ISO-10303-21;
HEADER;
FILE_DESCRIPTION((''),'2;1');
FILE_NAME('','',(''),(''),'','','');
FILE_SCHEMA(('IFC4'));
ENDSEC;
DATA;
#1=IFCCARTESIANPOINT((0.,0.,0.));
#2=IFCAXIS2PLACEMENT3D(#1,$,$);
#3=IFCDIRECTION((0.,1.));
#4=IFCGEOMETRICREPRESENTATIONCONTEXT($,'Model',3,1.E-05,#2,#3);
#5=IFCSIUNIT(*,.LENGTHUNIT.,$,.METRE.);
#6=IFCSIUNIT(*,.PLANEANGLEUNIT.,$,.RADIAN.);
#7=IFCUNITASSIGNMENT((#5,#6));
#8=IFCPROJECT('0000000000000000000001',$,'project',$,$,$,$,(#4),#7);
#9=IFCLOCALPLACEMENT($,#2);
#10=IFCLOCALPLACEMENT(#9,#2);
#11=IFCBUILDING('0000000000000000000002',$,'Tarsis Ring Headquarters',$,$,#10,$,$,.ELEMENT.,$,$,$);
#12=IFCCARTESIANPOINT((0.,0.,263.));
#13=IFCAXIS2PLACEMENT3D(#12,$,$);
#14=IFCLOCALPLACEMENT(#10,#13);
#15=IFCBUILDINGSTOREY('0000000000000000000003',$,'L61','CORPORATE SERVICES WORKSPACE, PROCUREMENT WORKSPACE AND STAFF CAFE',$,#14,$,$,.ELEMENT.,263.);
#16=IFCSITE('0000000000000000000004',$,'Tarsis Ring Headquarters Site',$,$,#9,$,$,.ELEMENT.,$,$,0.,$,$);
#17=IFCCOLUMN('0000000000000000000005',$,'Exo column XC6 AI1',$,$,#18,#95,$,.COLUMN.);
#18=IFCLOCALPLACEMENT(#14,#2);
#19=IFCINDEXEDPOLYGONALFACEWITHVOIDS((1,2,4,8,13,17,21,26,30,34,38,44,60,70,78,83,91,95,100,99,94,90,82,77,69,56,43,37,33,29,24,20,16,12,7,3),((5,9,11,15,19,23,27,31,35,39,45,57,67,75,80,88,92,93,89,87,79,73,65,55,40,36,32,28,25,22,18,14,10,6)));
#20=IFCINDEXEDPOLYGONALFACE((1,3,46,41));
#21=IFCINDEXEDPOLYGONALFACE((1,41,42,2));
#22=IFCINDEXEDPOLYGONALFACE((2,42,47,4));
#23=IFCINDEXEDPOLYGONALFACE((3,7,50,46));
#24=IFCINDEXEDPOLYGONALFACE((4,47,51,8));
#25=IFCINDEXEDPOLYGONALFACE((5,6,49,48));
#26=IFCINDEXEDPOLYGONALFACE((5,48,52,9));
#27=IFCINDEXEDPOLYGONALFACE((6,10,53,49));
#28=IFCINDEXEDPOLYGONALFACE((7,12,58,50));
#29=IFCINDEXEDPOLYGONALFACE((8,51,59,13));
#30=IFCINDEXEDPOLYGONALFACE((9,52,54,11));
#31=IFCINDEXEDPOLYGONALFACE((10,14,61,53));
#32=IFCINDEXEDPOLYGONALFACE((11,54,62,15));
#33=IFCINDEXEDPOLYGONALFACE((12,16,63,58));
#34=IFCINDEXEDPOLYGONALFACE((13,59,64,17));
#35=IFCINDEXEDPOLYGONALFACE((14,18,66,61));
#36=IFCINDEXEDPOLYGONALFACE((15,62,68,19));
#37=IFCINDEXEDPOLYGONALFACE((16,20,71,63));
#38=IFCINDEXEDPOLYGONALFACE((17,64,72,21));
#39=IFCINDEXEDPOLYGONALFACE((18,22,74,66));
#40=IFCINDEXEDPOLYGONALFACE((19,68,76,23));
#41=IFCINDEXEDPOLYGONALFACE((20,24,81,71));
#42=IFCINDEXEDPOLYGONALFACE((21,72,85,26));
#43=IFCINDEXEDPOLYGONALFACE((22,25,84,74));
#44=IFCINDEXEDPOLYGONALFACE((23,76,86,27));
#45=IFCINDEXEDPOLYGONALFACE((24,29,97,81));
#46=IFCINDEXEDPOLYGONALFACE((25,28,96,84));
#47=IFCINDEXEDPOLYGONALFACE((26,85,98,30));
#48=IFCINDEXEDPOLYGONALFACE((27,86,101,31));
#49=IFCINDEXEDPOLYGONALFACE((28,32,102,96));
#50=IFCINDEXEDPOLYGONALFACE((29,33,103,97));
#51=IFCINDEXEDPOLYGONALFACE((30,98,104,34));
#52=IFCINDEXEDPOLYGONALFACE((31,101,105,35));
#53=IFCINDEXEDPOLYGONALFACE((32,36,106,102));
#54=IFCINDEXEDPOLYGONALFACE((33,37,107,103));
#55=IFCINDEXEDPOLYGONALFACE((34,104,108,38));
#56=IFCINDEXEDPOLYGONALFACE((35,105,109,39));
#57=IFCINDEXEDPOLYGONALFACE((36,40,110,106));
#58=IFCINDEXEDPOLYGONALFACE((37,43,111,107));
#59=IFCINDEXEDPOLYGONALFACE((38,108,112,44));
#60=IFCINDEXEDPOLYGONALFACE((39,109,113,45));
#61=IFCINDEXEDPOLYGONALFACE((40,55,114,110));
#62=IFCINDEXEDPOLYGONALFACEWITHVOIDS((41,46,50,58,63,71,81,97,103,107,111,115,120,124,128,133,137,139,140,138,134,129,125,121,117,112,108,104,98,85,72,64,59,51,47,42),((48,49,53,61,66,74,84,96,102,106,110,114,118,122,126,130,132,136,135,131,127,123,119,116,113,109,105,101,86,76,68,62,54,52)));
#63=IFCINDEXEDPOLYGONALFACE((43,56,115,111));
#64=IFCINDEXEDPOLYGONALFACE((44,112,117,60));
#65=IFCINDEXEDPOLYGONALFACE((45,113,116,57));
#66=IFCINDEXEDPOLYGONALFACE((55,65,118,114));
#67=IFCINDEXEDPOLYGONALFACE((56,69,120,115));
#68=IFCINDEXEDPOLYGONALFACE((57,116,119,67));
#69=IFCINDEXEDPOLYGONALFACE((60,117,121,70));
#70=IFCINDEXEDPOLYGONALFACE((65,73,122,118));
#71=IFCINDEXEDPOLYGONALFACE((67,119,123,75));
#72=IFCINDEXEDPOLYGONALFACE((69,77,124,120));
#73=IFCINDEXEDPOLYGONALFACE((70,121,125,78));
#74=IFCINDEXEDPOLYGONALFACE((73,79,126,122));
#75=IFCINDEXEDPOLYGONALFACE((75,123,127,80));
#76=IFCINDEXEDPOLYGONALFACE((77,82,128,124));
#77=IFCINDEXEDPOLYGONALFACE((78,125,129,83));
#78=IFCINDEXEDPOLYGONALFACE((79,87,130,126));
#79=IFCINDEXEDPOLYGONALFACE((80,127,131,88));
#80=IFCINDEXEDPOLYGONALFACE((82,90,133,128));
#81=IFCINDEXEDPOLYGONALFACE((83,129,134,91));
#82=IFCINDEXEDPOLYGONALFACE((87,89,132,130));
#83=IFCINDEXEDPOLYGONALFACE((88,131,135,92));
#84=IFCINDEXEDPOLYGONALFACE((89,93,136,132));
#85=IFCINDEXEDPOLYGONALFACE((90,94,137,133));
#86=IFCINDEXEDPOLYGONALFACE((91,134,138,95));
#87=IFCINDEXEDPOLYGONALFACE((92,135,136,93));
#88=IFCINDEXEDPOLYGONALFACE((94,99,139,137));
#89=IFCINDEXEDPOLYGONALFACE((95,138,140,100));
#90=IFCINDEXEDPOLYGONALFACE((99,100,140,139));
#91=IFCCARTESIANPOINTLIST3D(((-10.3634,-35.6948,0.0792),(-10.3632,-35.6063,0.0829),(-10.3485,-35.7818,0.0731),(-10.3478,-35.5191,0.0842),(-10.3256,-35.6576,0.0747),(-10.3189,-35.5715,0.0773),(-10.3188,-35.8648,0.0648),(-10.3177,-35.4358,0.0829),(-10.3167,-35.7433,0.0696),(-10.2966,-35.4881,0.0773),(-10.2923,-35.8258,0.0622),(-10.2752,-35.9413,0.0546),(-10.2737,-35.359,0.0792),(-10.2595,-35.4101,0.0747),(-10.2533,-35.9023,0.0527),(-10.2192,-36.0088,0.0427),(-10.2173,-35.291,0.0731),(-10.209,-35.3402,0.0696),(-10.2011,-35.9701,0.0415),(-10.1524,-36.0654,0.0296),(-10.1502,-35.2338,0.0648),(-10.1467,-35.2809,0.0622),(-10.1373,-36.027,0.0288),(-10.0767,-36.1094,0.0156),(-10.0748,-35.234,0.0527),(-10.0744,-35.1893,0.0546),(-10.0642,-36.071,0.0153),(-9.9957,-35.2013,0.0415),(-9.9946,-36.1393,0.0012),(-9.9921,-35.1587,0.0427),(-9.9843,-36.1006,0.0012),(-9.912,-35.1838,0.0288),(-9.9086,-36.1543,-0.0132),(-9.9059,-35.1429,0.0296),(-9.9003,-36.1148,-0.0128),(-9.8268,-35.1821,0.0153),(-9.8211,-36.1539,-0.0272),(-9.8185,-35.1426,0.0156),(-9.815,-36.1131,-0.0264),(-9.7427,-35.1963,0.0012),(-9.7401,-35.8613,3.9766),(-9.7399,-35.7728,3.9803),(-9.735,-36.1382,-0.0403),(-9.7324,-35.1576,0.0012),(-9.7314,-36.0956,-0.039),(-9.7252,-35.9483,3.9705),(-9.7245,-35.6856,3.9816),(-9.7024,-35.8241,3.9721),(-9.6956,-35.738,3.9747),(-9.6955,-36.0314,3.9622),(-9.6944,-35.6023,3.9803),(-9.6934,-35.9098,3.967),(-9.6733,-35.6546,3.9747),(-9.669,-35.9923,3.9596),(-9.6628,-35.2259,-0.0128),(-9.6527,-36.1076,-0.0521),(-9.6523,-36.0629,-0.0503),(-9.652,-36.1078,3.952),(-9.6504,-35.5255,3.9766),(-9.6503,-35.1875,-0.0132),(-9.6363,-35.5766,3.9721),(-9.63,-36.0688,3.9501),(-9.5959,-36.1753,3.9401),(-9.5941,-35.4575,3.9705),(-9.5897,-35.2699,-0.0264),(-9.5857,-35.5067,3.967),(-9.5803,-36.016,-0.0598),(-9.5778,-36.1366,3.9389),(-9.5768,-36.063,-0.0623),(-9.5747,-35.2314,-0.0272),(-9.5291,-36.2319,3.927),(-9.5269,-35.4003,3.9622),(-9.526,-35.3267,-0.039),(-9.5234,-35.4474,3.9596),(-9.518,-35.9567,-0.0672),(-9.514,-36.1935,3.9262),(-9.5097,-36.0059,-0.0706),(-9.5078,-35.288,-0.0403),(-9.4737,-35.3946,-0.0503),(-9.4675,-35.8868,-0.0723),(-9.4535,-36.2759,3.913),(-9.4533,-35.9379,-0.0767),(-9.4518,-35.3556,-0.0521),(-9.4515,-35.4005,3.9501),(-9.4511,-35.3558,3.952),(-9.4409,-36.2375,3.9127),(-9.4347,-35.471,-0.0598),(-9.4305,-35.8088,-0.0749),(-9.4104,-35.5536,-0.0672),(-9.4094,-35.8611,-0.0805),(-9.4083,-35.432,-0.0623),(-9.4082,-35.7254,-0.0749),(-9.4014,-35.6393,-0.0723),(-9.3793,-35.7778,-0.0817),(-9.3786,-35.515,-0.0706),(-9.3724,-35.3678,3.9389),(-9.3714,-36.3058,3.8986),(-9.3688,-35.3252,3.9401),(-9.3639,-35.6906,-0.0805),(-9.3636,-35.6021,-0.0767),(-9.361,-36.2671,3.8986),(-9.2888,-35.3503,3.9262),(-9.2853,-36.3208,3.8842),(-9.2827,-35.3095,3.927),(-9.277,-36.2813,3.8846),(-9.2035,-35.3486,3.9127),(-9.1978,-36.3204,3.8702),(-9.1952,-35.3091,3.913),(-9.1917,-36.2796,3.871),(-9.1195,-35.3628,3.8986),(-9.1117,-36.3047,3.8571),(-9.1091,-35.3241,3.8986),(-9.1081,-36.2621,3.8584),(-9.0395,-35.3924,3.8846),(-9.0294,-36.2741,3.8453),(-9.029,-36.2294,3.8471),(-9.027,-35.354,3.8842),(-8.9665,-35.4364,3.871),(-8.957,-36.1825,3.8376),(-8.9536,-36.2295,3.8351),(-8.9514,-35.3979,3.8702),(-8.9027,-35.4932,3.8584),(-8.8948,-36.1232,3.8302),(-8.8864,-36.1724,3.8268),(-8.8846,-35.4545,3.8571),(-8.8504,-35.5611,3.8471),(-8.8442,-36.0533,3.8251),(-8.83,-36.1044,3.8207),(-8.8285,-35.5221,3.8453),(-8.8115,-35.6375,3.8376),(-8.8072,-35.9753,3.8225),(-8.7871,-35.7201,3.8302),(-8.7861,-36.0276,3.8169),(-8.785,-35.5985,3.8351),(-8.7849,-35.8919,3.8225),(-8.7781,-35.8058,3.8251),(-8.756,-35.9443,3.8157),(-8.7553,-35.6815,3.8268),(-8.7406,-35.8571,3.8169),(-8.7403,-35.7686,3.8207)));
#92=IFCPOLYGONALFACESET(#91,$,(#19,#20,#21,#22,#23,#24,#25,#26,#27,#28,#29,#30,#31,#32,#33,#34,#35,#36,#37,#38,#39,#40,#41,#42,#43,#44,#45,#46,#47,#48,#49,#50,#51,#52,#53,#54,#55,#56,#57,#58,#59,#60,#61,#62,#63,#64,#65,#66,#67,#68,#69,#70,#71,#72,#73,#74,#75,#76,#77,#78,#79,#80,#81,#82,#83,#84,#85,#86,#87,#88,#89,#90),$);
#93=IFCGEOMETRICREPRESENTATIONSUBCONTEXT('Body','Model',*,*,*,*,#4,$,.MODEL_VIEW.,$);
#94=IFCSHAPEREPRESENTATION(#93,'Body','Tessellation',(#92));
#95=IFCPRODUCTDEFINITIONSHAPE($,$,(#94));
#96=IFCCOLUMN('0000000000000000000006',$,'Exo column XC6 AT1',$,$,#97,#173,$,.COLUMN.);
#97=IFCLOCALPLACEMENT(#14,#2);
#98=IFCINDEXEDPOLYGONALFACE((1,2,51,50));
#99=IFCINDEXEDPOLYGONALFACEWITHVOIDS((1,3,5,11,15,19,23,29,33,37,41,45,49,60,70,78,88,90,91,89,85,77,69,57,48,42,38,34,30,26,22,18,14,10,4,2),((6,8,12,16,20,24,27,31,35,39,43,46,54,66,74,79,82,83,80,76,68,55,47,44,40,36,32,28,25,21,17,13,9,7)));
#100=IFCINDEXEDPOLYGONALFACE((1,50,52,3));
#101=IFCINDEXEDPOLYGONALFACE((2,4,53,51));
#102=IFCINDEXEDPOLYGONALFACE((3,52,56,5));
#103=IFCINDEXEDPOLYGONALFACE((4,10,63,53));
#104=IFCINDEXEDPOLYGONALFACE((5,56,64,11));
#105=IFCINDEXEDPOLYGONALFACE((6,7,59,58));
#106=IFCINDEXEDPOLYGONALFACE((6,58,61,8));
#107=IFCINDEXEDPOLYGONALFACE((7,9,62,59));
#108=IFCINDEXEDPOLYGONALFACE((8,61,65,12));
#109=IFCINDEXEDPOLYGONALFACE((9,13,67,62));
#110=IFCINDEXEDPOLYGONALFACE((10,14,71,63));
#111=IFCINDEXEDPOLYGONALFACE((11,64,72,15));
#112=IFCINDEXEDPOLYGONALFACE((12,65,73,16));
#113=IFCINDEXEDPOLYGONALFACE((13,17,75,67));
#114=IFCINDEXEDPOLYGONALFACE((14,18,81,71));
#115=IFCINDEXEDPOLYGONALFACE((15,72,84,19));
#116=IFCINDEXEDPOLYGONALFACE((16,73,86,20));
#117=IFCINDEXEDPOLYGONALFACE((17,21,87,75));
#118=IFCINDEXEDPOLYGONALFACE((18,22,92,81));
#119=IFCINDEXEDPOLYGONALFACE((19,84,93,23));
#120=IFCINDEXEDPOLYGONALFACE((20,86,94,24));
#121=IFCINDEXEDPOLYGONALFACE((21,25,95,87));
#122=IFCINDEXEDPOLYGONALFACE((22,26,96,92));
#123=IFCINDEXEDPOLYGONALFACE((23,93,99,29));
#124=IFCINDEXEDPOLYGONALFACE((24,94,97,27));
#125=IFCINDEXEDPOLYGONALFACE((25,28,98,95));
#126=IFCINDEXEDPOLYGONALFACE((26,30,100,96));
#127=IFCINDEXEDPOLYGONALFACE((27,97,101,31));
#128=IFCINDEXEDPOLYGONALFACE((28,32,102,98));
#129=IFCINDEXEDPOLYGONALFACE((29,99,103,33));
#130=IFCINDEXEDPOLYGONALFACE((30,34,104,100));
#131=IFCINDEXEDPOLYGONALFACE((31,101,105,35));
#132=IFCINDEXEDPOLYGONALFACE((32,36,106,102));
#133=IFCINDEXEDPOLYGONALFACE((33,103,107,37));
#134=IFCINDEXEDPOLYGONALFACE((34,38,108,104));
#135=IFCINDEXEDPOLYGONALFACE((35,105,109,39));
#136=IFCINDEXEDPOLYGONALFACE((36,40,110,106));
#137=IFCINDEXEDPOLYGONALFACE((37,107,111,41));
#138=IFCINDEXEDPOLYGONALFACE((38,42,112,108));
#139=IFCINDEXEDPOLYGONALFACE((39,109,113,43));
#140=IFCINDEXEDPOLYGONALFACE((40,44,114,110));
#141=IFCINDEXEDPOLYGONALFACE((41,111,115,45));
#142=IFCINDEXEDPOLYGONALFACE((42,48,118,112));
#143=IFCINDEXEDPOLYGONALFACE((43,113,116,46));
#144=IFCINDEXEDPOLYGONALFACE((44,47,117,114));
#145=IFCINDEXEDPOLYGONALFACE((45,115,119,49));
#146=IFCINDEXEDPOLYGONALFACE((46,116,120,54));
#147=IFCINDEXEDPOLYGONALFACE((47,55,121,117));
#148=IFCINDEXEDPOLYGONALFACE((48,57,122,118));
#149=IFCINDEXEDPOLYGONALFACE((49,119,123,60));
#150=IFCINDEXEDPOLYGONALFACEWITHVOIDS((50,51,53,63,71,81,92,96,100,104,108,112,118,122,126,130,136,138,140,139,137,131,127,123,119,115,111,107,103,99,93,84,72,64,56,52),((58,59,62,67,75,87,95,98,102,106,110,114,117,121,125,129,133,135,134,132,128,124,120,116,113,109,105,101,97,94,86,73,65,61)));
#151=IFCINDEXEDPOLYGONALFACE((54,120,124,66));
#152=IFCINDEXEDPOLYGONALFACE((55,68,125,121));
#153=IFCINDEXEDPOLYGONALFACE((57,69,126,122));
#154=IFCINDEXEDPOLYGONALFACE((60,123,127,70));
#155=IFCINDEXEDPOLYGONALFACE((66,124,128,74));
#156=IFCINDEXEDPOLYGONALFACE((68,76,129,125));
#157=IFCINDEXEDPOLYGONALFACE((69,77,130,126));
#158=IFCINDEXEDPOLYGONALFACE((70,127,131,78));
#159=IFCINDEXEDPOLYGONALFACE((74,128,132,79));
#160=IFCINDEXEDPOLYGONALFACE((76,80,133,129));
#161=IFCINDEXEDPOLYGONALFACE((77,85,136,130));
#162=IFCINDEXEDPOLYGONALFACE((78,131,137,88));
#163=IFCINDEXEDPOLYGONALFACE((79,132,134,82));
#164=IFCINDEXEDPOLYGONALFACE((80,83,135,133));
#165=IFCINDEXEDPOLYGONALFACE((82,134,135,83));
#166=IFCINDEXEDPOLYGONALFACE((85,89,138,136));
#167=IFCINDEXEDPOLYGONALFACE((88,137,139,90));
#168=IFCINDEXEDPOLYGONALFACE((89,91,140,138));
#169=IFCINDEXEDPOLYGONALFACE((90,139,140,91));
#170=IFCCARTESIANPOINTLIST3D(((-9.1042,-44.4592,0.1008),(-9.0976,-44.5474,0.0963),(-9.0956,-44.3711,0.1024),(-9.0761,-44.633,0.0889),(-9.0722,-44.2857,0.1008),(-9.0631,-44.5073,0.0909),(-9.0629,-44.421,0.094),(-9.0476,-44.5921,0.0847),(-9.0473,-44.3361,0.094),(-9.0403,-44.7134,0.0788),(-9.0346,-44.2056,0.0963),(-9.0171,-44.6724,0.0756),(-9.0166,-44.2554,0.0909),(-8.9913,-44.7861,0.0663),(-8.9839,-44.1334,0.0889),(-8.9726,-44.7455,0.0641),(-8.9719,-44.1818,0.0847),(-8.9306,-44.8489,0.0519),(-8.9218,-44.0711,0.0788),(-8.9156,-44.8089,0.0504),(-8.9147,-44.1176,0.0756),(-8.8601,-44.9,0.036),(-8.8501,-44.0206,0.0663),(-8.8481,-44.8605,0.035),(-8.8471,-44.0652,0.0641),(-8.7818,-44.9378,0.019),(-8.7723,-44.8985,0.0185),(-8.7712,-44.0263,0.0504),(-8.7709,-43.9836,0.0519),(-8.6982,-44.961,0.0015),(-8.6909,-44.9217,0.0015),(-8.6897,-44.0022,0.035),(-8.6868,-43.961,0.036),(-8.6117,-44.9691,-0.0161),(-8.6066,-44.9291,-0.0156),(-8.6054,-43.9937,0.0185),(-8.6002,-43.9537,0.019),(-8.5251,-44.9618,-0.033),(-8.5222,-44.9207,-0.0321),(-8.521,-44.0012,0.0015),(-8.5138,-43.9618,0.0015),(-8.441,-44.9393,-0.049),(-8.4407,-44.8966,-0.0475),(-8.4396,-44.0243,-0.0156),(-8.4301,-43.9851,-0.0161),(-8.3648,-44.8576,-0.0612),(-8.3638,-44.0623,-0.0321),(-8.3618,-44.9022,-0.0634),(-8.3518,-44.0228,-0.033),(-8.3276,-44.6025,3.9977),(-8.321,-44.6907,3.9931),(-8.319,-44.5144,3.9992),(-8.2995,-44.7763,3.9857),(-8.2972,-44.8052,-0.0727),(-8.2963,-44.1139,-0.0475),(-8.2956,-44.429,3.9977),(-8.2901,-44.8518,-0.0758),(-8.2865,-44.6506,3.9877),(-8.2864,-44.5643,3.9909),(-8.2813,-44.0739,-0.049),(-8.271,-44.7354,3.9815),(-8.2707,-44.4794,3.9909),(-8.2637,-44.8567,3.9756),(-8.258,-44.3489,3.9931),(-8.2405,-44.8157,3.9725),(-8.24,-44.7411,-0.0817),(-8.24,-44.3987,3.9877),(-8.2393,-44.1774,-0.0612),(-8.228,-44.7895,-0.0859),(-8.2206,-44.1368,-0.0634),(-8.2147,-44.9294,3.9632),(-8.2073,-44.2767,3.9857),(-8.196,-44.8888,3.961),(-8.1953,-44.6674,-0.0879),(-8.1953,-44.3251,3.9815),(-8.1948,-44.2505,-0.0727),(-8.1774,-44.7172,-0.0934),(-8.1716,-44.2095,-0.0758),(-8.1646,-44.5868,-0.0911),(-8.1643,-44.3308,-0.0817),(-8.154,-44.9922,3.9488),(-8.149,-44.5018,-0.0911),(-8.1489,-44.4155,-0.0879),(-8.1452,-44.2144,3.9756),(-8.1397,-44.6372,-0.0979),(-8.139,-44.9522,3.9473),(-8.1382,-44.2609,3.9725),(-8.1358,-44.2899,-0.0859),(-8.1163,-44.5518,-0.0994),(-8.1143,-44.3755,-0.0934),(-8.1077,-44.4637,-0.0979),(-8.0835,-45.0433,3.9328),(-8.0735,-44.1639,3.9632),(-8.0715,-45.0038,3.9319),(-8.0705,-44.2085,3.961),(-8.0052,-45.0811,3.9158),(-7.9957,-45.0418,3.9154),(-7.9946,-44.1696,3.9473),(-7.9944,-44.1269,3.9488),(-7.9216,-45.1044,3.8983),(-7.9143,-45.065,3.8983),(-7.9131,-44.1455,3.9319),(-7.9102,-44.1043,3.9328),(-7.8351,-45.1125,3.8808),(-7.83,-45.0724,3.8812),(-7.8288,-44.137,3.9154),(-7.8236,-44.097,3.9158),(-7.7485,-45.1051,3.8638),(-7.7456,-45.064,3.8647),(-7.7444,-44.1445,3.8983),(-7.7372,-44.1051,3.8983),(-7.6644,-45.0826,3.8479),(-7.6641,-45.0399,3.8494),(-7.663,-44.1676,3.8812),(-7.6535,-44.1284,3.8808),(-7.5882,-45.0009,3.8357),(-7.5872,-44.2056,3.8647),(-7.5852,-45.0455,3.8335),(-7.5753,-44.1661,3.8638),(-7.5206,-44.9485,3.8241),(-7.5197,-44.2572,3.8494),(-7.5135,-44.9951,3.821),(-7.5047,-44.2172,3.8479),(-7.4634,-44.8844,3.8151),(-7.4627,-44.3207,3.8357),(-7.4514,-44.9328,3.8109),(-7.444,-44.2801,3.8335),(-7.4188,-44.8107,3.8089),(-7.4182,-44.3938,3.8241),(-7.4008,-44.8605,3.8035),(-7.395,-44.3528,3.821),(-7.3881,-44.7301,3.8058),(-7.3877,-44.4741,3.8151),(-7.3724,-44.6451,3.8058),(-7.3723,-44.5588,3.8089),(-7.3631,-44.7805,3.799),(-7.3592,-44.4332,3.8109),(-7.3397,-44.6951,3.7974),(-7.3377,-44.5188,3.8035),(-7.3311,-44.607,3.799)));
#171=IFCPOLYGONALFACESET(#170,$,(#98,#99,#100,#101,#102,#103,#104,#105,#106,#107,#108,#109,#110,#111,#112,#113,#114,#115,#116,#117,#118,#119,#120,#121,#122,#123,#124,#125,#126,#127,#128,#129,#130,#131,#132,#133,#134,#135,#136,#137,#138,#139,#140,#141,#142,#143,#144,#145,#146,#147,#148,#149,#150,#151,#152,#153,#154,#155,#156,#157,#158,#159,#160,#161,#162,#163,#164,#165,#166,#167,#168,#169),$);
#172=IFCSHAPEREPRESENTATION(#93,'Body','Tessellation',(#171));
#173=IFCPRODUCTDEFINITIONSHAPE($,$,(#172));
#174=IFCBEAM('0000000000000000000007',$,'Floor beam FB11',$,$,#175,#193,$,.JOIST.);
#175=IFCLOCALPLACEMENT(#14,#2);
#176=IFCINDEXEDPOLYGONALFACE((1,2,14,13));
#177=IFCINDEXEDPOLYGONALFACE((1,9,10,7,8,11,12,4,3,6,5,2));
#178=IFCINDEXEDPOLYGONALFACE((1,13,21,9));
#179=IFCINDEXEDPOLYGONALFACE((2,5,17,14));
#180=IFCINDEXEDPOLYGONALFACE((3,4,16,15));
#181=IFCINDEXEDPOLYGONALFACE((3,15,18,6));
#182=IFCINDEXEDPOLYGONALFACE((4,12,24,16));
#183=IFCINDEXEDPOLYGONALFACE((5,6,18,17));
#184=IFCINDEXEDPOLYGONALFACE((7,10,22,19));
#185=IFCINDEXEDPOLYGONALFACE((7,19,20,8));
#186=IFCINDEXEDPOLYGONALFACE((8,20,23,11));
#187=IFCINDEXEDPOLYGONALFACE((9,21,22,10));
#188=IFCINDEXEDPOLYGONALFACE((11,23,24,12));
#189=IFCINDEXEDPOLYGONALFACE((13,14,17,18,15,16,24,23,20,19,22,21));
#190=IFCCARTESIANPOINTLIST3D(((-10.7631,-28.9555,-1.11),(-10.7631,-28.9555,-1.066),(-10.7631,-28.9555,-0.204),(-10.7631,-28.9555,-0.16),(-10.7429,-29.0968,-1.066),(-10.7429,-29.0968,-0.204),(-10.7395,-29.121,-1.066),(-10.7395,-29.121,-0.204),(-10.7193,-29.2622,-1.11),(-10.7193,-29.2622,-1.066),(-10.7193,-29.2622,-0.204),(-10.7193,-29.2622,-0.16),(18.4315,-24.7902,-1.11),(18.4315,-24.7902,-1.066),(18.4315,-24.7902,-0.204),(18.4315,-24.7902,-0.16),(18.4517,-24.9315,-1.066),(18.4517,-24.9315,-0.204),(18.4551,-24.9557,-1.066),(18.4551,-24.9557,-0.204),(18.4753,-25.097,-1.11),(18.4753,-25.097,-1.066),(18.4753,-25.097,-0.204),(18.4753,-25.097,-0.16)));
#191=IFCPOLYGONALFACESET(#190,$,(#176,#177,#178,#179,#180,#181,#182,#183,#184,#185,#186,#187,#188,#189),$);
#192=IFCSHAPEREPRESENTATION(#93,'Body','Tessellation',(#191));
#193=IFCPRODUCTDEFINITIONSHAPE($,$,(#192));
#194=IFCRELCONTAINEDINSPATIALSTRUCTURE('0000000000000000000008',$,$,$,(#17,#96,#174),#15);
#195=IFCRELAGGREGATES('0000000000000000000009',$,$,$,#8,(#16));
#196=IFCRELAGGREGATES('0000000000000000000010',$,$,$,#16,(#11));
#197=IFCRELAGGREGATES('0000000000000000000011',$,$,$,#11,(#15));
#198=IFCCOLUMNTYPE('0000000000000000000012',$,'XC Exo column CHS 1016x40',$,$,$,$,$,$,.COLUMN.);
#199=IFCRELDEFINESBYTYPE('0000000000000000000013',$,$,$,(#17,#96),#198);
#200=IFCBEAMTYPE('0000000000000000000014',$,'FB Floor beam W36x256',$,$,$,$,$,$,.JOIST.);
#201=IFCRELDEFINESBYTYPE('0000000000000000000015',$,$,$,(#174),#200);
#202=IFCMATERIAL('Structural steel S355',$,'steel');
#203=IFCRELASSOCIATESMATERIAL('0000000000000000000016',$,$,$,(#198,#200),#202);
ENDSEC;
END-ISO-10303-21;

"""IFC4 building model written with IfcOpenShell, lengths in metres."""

from ifc_helpers import new_model, si_unit, direction, frame, origin, origin_2d, place, context, subcontext, project, spatial, hollow_circle, i_section, extrude, material, material_profile, profile_set, type_object, element, save


model = new_model("IFC4")

# Units and contexts
model_context = context("Model", 3, precision=1e-05, world=origin(), true_north=direction((0.0, 1.0)))
body_context = subcontext(model_context, "Body", "Model", "MODEL_VIEW")
ifc_project = project(units=[si_unit("LENGTHUNIT", "METRE"), si_unit("PLANEANGLEUNIT", "RADIAN")], contexts=[model_context])

# Site, building, storey
site_placement = place(None, origin())
site = spatial("IfcSite", under=ifc_project, at=site_placement, Name="Tarsis Ring Headquarters Site", CompositionType="ELEMENT", RefElevation=0.0)
building_placement = place(site_placement, origin())
building = spatial("IfcBuilding", under=site, at=building_placement, Name="Tarsis Ring Headquarters", CompositionType="ELEMENT")
storey_placement = place(building_placement, frame((0.0, 0.0, 263.0)))
storey = spatial("IfcBuildingStorey", under=building, at=storey_placement, Name="L61", Description="CORPORATE SERVICES WORKSPACE, PROCUREMENT WORKSPACE AND STAFF CAFE", CompositionType="ELEMENT", Elevation=263.0)

# Columns
ifc_material_1 = material(Name="Structural steel S355", Category="steel")
ifc_material_profile_1 = material_profile(ifc_material_1, hollow_circle(Radius=0.5081, WallThickness=0.04, at=origin_2d()), Name="CHS 1016x40")
ifc_profile_set_1 = profile_set([ifc_material_profile_1], Name="Structural steel S355")
column_type = type_object("IfcColumnType", Name="XC Exo column CHS 1016x40", PredefinedType="COLUMN", material=ifc_profile_set_1)
column_1_placement = place(storey_placement, frame((-9.8635, -35.6484, 0.0012), z_axis=(0.157775, -0.042148, 0.986575), x_axis=(0.258087, 0.966122, 0.0)))
element("IfcColumn", 1, at=column_1_placement, inside=storey, type_object=column_type, Name="Exo column XC6 AI1", PredefinedType="COLUMN", context=body_context, shape_type="SweptSolid", body=[
    extrude(hollow_circle(Radius=0.5081, WallThickness=0.04, at=origin_2d()), origin(), (0.0, 0.0, 1.0), 3.9504),
])
column_2_placement = place(storey_placement, frame((-8.606, -44.4614, 0.0015), z_axis=(0.195316, -0.036042, 0.980078), x_axis=(0.181469, 0.983397, 0.0)))
element("IfcColumn", 2, at=column_2_placement, inside=storey, type_object=column_type, Name="Exo column XC6 AT1", PredefinedType="COLUMN", context=body_context, shape_type="SweptSolid", body=[
    extrude(hollow_circle(Radius=0.5081, WallThickness=0.04, at=origin_2d()), origin(), (0.0, 0.0, 1.0), 3.9761),
])

# Beam
ifc_material_profile_2 = material_profile(ifc_material_1, i_section(OverallWidth=0.3098, OverallDepth=0.95, WebThickness=0.0244, FlangeThickness=0.0439, at=origin_2d()), Name="W36x256")
ifc_profile_set_2 = profile_set([ifc_material_profile_2], Name="Structural steel S355")
beam_type_1 = type_object("IfcBeamType", Name="FB Floor beam W36x256", PredefinedType="JOIST", material=ifc_profile_set_2)
for number, where, z_axis, x_axis, name in (
    (3, (-10.7412, -29.1089, -0.635), (0.989975, 0.141243, 0.0), (-0.141243, 0.989975, 0.0), "Floor beam FB11"),
):
    element("IfcBeam", number, at=place(storey_placement, frame(where, z_axis=z_axis, x_axis=x_axis)), inside=storey, type_object=beam_type_1, Name=name, PredefinedType="JOIST", context=body_context, shape_type="SweptSolid", body=[
        extrude(i_section(OverallWidth=0.3098, OverallDepth=0.95, WebThickness=0.0244, FlangeThickness=0.0439, at=origin_2d()), origin(), (0.0, 0.0, 1.0), 29.4902),
    ])

save(model, "model.ifc")
